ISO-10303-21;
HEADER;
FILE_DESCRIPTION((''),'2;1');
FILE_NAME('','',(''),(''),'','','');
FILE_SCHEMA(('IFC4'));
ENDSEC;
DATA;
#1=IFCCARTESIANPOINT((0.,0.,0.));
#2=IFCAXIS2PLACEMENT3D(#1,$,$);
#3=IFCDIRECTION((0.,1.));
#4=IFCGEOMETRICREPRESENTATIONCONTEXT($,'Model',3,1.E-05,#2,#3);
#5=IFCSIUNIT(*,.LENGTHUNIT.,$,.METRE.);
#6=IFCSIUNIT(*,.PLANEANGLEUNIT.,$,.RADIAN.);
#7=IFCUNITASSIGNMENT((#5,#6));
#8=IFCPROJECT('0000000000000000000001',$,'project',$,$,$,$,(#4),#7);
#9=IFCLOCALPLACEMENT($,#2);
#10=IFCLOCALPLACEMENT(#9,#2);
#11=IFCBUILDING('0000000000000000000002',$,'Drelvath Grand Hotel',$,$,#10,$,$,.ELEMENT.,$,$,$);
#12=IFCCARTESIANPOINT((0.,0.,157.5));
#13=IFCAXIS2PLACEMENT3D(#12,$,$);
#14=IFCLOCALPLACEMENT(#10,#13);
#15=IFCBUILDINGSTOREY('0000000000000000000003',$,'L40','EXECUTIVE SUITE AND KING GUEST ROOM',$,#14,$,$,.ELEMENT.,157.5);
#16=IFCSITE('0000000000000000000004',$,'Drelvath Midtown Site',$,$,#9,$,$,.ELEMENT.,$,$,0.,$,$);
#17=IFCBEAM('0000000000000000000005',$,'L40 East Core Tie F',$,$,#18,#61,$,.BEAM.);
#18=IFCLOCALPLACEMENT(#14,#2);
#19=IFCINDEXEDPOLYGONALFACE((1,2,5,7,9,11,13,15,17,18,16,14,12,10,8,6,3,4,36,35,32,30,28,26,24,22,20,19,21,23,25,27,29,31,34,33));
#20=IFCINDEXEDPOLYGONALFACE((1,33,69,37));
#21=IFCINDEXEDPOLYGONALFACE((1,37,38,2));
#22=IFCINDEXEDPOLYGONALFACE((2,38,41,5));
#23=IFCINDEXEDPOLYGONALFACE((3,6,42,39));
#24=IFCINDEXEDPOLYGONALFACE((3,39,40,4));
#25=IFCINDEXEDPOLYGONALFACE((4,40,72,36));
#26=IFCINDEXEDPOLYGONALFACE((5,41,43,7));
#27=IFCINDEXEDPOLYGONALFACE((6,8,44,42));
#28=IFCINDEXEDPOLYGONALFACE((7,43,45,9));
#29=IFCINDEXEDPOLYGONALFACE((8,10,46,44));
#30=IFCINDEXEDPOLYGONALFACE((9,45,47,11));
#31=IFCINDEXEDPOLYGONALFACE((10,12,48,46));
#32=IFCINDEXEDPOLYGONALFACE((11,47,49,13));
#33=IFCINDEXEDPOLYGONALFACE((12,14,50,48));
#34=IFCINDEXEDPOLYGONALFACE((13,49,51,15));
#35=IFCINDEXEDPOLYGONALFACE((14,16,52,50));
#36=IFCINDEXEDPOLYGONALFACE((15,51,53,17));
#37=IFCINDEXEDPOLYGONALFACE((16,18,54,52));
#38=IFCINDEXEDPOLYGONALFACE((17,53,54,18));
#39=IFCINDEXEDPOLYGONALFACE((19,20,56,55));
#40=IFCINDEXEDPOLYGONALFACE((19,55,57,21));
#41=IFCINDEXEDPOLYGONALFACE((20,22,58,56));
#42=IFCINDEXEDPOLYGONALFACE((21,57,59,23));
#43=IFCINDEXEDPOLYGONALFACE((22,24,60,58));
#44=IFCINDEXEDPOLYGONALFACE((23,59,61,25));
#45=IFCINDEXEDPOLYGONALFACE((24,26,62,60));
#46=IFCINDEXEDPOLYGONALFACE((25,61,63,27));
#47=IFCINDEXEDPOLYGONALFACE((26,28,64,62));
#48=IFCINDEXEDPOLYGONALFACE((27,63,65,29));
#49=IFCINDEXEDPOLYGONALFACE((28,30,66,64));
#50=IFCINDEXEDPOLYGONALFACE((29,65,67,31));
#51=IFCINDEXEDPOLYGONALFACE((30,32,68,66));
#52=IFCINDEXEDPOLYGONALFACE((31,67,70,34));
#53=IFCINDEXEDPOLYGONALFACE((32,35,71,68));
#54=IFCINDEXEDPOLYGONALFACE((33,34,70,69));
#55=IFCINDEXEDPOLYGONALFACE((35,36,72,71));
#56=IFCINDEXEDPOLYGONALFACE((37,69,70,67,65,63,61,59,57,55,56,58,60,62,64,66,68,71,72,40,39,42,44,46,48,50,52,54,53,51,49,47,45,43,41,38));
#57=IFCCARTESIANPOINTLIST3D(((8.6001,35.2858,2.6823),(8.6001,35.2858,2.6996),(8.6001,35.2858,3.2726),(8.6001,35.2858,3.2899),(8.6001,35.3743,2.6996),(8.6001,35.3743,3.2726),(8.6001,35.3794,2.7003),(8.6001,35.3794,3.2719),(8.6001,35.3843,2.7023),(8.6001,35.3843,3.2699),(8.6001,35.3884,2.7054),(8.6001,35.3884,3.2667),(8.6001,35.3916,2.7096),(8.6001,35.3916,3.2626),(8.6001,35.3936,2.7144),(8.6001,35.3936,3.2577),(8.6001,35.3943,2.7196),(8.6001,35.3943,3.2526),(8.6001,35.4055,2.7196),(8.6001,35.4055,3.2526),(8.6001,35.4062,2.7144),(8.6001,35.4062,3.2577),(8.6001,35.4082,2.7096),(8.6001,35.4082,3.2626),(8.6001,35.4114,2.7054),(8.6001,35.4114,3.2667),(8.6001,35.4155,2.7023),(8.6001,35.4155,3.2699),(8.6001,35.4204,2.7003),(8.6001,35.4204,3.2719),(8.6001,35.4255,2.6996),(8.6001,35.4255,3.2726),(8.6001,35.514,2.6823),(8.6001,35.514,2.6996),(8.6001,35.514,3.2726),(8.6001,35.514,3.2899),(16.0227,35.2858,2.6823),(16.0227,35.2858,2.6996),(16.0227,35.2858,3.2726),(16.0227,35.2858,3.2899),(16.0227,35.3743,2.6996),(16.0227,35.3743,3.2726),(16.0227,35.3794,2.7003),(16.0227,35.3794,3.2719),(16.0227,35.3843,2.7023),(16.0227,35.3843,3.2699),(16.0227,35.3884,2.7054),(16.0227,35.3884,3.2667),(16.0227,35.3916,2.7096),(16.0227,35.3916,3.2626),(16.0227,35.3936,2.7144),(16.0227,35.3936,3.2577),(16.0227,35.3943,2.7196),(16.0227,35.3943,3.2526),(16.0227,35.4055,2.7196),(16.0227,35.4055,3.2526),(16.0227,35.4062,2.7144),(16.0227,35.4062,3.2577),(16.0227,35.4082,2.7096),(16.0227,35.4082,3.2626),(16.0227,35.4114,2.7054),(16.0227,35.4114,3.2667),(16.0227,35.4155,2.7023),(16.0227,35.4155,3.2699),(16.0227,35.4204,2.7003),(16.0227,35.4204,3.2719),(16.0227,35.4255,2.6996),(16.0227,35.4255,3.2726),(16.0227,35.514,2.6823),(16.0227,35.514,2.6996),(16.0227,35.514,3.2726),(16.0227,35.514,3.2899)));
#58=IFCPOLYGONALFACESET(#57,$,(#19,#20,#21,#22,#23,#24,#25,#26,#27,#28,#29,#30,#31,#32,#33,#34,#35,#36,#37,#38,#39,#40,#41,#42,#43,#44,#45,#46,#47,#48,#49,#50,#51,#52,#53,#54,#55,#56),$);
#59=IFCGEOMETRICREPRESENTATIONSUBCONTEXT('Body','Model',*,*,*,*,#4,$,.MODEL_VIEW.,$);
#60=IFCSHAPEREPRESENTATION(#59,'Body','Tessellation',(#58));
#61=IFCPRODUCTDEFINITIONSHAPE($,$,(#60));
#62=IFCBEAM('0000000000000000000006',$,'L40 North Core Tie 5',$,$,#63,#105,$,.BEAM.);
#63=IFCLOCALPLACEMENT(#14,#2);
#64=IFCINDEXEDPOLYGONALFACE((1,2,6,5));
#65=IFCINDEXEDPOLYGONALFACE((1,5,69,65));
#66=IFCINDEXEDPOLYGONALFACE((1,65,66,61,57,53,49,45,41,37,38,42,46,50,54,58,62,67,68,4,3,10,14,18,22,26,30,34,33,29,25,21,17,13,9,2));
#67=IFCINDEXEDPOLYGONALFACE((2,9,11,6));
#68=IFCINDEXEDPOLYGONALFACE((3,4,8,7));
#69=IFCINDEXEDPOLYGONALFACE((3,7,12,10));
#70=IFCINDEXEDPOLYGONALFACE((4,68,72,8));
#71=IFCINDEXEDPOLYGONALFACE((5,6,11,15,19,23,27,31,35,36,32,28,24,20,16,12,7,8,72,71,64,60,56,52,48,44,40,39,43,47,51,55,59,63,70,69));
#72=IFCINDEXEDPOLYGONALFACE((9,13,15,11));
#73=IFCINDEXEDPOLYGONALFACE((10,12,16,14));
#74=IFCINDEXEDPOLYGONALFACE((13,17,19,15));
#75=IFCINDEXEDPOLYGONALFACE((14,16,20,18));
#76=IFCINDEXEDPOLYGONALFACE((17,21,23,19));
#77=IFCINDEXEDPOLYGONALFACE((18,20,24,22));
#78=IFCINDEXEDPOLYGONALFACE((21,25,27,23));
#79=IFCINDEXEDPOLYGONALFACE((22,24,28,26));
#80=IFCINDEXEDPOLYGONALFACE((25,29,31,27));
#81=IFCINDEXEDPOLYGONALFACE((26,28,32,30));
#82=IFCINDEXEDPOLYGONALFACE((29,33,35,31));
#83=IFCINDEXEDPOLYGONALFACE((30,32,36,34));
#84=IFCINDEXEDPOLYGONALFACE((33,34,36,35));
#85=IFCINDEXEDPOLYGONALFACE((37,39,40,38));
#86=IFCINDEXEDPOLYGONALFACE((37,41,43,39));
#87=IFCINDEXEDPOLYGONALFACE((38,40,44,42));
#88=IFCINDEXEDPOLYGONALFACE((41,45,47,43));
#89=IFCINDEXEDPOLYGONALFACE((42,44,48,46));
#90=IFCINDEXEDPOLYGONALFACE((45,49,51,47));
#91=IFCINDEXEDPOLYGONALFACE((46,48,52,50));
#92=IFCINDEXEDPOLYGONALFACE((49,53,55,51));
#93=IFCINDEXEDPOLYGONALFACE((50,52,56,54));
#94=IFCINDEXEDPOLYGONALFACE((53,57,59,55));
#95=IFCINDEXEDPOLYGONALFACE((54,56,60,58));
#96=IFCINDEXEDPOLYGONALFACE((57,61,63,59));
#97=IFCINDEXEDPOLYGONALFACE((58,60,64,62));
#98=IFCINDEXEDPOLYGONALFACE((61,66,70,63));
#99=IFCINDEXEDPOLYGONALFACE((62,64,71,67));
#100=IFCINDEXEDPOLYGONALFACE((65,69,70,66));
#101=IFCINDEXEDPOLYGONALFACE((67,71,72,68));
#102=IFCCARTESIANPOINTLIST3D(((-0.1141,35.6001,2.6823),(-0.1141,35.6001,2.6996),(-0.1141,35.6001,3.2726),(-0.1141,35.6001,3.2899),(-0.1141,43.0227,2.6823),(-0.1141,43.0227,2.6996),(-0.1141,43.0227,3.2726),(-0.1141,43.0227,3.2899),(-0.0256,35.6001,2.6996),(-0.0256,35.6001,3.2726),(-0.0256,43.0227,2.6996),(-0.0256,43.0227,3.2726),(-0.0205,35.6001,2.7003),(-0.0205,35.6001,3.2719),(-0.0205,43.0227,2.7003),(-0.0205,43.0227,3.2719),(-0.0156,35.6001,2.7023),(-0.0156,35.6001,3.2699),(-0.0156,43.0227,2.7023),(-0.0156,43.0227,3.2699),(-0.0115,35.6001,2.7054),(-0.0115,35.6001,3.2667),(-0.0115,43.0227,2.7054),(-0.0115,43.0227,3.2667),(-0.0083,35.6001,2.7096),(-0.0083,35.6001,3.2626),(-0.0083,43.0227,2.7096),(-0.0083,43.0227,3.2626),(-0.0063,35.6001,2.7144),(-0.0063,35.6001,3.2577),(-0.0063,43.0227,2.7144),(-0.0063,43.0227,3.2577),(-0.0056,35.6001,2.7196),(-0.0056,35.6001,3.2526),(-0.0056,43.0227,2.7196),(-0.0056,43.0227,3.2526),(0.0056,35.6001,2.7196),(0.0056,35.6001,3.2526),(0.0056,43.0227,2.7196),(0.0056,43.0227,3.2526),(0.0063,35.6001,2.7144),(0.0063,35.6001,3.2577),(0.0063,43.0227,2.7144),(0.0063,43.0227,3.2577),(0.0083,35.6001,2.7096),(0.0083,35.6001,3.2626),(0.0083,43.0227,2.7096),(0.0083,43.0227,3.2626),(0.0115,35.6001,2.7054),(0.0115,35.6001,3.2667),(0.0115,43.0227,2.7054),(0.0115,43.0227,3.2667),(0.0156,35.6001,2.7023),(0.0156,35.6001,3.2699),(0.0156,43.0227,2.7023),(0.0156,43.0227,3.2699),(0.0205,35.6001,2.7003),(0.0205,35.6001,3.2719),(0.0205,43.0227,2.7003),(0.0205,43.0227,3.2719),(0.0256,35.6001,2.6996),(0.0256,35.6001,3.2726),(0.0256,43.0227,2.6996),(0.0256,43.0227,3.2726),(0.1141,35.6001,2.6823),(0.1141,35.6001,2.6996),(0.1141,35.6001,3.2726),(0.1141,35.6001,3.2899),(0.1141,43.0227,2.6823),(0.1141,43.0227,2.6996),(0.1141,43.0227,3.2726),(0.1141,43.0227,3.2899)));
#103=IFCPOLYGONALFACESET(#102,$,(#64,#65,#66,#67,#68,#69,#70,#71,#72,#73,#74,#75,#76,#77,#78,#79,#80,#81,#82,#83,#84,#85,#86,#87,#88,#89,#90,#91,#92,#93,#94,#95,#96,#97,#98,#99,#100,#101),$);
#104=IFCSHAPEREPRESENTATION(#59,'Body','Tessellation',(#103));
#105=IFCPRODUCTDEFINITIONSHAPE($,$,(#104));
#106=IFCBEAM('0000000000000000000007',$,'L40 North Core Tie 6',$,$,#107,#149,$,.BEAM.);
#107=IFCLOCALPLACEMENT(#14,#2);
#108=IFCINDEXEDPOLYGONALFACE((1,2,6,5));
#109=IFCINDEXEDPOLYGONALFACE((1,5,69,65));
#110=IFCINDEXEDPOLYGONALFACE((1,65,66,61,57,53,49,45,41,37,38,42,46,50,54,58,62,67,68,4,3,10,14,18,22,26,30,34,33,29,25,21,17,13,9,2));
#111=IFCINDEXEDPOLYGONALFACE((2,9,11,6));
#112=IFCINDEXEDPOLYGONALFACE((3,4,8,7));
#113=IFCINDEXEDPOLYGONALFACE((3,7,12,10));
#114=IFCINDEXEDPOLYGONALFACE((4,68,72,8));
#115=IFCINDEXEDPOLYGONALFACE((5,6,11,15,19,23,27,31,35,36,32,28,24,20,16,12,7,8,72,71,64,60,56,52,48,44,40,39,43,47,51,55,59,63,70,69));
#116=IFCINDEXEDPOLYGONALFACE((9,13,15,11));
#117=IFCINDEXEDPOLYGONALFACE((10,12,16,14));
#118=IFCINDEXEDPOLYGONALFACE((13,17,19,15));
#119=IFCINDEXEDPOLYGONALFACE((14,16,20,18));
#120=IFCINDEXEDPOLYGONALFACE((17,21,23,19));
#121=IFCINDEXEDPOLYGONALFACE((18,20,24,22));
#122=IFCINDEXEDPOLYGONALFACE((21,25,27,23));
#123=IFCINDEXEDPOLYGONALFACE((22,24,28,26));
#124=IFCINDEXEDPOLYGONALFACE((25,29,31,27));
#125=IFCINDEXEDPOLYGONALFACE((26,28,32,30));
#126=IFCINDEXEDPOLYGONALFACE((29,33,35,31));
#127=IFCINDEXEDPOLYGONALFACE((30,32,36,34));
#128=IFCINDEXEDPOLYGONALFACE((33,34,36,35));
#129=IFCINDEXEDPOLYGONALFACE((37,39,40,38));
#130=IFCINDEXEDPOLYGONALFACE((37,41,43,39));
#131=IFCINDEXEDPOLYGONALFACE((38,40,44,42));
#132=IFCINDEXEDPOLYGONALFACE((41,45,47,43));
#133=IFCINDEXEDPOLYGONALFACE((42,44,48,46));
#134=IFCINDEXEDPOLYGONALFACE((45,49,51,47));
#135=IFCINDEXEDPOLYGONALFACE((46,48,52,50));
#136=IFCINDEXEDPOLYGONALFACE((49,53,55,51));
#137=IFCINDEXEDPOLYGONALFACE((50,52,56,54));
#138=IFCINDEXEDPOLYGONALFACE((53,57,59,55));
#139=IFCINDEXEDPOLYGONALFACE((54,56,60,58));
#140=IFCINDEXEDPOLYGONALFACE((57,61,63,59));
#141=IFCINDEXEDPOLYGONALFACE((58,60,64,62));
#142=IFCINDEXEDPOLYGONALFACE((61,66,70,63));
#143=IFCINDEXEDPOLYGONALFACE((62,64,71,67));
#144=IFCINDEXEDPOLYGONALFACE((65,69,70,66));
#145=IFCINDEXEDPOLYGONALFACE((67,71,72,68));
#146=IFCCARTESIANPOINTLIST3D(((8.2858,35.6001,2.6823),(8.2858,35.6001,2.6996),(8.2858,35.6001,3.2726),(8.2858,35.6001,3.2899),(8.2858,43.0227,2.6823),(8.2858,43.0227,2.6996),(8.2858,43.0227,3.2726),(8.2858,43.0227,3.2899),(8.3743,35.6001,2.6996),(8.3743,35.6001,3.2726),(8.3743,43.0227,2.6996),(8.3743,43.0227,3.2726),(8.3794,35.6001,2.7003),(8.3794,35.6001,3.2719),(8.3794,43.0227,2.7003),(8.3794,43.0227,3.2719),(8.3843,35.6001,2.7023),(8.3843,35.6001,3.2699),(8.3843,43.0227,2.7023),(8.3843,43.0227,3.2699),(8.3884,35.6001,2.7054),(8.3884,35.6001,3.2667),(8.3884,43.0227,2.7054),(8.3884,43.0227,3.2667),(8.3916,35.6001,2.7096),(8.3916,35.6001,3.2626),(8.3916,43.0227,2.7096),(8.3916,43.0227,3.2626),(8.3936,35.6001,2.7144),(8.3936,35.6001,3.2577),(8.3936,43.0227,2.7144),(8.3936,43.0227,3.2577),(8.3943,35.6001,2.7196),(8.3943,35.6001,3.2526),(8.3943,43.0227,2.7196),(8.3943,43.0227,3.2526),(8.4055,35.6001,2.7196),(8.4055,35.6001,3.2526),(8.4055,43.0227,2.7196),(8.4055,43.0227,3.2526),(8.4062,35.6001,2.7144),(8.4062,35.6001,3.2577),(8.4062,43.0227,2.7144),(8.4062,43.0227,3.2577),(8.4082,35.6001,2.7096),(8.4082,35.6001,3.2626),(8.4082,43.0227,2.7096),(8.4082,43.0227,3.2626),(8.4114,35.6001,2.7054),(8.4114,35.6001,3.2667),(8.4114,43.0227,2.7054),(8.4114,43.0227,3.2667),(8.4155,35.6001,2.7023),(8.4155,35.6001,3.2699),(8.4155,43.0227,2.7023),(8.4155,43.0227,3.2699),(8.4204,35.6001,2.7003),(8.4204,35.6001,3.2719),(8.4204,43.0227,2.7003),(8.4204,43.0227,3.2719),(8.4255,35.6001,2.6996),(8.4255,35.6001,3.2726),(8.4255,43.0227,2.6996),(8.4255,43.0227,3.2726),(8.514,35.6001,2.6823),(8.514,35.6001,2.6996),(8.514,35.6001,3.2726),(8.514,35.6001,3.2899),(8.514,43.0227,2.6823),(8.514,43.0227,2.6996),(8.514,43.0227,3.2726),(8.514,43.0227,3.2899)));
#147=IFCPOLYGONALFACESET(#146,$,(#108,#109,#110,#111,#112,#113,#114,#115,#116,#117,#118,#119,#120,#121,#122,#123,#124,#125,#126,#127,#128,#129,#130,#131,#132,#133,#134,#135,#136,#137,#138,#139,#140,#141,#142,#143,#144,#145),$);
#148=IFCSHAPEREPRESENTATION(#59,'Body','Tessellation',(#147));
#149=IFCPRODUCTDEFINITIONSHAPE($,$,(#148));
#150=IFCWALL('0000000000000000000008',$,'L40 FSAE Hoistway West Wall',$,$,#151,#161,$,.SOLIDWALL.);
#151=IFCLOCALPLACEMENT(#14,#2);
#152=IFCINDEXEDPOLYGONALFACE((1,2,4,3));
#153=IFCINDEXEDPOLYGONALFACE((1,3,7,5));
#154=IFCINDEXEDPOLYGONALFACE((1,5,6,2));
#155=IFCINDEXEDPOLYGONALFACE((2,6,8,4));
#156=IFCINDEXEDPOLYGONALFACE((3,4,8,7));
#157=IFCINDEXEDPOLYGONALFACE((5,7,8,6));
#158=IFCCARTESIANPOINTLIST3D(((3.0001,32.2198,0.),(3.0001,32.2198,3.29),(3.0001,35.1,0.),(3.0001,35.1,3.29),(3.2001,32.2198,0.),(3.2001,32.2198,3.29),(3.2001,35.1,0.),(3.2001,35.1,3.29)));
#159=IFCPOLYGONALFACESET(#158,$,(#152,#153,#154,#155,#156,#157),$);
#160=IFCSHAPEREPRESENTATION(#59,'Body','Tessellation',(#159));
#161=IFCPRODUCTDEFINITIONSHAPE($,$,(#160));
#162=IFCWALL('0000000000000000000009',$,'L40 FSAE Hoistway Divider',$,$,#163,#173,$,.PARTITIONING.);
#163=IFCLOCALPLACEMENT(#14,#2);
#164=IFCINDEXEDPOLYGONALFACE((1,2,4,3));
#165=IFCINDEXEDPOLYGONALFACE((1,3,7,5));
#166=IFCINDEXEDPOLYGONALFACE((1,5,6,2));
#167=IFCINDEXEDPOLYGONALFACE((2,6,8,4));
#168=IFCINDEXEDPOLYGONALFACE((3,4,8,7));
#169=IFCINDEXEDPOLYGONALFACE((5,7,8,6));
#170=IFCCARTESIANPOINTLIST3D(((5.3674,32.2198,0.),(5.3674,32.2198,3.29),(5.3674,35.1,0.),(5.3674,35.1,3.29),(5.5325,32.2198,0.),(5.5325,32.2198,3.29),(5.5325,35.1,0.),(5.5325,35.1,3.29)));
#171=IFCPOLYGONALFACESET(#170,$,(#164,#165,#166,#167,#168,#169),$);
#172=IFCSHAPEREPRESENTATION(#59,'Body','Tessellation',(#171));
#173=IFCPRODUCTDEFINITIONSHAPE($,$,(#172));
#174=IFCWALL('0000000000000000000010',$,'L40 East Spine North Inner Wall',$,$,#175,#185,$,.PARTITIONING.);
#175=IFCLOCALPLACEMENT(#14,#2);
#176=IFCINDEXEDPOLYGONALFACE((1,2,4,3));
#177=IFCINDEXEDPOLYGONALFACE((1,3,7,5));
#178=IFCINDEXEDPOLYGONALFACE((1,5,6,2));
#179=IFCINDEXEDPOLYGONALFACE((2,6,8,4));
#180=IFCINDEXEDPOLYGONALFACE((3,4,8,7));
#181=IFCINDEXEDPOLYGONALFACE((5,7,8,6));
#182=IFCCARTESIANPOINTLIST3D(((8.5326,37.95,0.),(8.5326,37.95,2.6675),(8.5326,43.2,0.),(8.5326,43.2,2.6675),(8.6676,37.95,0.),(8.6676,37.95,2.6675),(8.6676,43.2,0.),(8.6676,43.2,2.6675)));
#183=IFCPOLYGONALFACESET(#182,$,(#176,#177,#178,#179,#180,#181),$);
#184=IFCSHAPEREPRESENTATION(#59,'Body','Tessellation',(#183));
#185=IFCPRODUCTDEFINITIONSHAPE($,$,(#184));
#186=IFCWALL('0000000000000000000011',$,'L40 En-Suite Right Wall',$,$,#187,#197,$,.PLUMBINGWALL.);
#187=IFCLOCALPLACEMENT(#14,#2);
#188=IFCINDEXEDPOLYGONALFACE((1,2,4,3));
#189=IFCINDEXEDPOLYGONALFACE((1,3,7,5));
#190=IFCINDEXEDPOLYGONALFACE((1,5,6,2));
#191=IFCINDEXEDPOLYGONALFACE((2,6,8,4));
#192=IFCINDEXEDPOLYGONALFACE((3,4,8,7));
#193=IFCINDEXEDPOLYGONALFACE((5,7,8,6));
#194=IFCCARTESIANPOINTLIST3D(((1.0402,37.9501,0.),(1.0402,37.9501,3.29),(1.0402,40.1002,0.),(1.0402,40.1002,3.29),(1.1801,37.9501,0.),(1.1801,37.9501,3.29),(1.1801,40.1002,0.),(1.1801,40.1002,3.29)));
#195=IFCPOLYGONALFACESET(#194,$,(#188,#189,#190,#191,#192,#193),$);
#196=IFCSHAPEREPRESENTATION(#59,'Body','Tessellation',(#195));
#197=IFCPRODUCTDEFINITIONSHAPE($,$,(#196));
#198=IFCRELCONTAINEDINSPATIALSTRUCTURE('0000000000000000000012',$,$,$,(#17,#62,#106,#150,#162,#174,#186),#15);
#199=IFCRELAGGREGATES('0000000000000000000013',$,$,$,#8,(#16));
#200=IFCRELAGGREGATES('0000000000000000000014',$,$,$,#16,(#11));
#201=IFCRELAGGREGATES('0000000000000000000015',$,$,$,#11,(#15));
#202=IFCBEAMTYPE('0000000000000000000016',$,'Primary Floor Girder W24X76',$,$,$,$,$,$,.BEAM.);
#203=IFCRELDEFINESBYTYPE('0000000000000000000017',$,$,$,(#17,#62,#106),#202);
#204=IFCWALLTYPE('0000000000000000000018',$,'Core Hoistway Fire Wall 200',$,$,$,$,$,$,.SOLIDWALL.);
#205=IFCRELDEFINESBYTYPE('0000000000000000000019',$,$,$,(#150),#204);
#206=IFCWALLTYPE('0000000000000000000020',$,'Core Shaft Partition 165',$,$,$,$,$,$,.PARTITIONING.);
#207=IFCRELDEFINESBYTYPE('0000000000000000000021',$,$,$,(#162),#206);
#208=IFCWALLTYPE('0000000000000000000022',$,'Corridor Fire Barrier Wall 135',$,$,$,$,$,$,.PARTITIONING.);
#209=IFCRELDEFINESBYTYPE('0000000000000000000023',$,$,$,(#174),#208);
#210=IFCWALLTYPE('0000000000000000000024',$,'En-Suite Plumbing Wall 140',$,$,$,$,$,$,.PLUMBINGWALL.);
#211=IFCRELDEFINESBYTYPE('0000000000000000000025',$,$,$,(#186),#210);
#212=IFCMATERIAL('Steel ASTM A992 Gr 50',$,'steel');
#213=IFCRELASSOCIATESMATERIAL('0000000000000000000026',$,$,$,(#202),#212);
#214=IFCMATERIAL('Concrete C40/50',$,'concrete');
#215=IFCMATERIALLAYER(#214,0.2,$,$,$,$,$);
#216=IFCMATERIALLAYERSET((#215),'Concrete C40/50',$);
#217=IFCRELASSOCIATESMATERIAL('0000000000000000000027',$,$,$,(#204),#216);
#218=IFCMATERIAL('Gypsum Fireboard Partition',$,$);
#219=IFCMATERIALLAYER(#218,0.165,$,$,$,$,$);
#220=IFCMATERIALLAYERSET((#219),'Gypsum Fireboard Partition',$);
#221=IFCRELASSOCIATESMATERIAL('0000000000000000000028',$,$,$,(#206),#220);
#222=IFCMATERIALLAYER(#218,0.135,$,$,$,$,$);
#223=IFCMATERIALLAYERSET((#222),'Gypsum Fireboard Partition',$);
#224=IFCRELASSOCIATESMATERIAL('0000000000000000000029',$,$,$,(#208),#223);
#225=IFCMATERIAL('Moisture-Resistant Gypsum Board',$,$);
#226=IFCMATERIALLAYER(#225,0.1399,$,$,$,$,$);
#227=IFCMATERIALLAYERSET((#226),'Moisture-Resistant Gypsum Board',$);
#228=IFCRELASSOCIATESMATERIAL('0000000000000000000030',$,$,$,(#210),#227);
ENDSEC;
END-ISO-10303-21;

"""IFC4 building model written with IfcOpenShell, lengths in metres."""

from ifc_helpers import new_model, si_unit, direction, frame, frame_2d, origin, origin_2d, place, context, subcontext, project, spatial, rectangle, i_section, extrude, material, layer, layer_set, material_profile, profile_set, type_object, element, save


model = new_model("IFC4")

# Units and contexts
model_context = context("Model", 3, precision=1e-05, world=origin(), true_north=direction((0.0, 1.0)))
body_context = subcontext(model_context, "Body", "Model", "MODEL_VIEW")
ifc_project = project(units=[si_unit("LENGTHUNIT", "METRE"), si_unit("PLANEANGLEUNIT", "RADIAN")], contexts=[model_context])

# Site, building, storey
site_placement = place(None, origin())
site = spatial("IfcSite", under=ifc_project, at=site_placement, Name="Drelvath Midtown Site", CompositionType="ELEMENT", RefElevation=0.0)
building_placement = place(site_placement, origin())
building = spatial("IfcBuilding", under=site, at=building_placement, Name="Drelvath Grand Hotel", CompositionType="ELEMENT")
storey_placement = place(building_placement, frame((0.0, 0.0, 157.5)))
storey = spatial("IfcBuildingStorey", under=building, at=storey_placement, Name="L40", Description="EXECUTIVE SUITE AND KING GUEST ROOM", CompositionType="ELEMENT", Elevation=157.5)

# Beams
ifc_material_1 = material(Name="Steel ASTM A992 Gr 50", Category="steel")
ifc_material_profile = material_profile(ifc_material_1, i_section(OverallWidth=0.2283, OverallDepth=0.6077, WebThickness=0.0112, FlangeThickness=0.0173, FilletRadius=0.02, at=origin_2d()), Name="W24X76")
ifc_profile_set = profile_set([ifc_material_profile], Name="Steel ASTM A992 Gr 50")
beam_type = type_object("IfcBeamType", Name="Primary Floor Girder W24X76", PredefinedType="BEAM", material=ifc_profile_set)
for number, where, z_axis, x_axis, name in (
    (1, (8.6001, 35.3999, 2.9861), (1.0, 0.0, 0.0), (0.0, 1.0, 0.0), "L40 East Core Tie F"),
    (2, (0.0, 35.6001, 2.9861), (0.0, 1.0, 0.0), (-1.0, 0.0, 0.0), "L40 North Core Tie 5"),
    (3, (8.3999, 35.6001, 2.9861), (0.0, 1.0, 0.0), (-1.0, 0.0, 0.0), "L40 North Core Tie 6"),
):
    element("IfcBeam", number, at=place(storey_placement, frame(where, z_axis=z_axis, x_axis=x_axis)), inside=storey, type_object=beam_type, Name=name, PredefinedType="BEAM", context=body_context, shape_type="SweptSolid", body=[
        extrude(i_section(OverallWidth=0.2283, OverallDepth=0.6077, WebThickness=0.0112, FlangeThickness=0.0173, FilletRadius=0.02, at=origin_2d()), origin(), (0.0, 0.0, 1.0), 7.4226),
    ])

# Walls
ifc_material_2 = material(Name="Concrete C40/50", Category="concrete")
ifc_layer_1 = layer(ifc_material_2, 0.2)
ifc_layer_set_1 = layer_set([ifc_layer_1], Name="Concrete C40/50")
wall_type_1 = type_object("IfcWallType", Name="Core Hoistway Fire Wall 200", PredefinedType="SOLIDWALL", material=ifc_layer_set_1)
wall_1_placement = place(storey_placement, frame((3.1001, 32.22, 0.0), z_axis=(0.0, 0.0, 1.0), x_axis=(0.0, 1.0, 0.0)))
element("IfcWall", 4, at=wall_1_placement, inside=storey, type_object=wall_type_1, Name="L40 FSAE Hoistway West Wall", PredefinedType="SOLIDWALL", context=body_context, shape_type="SweptSolid", body=[
    extrude(rectangle(XDim=2.8801, YDim=0.2, at=frame_2d((1.4399, 0.0))), origin(), (0.0, 0.0, 1.0), 3.29),
])
ifc_material_3 = material(Name="Gypsum Fireboard Partition")
ifc_layer_2 = layer(ifc_material_3, 0.165)
ifc_layer_set_2 = layer_set([ifc_layer_2], Name="Gypsum Fireboard Partition")
wall_type_2 = type_object("IfcWallType", Name="Core Shaft Partition 165", PredefinedType="PARTITIONING", material=ifc_layer_set_2)
wall_2_placement = place(storey_placement, frame((5.45, 32.22, 0.0), z_axis=(0.0, 0.0, 1.0), x_axis=(0.0, 1.0, 0.0)))
element("IfcWall", 5, at=wall_2_placement, inside=storey, type_object=wall_type_2, Name="L40 FSAE Hoistway Divider", PredefinedType="PARTITIONING", context=body_context, shape_type="SweptSolid", body=[
    extrude(rectangle(XDim=2.8801, YDim=0.165, at=frame_2d((1.4399, 0.0))), origin(), (0.0, 0.0, 1.0), 3.29),
])
ifc_layer_3 = layer(ifc_material_3, 0.135)
ifc_layer_set_3 = layer_set([ifc_layer_3], Name="Gypsum Fireboard Partition")
wall_type_3 = type_object("IfcWallType", Name="Corridor Fire Barrier Wall 135", PredefinedType="PARTITIONING", material=ifc_layer_set_3)
wall_3_placement = place(storey_placement, frame((8.6001, 37.95, 0.0), z_axis=(0.0, 0.0, 1.0), x_axis=(0.0, 1.0, 0.0)))
element("IfcWall", 6, at=wall_3_placement, inside=storey, type_object=wall_type_3, Name="L40 East Spine North Inner Wall", PredefinedType="PARTITIONING", context=body_context, shape_type="SweptSolid", body=[
    extrude(rectangle(XDim=5.25, YDim=0.135, at=frame_2d((2.625, 0.0))), origin(), (0.0, 0.0, 1.0), 2.6675),
])
ifc_material_4 = material(Name="Moisture-Resistant Gypsum Board")
ifc_layer_4 = layer(ifc_material_4, 0.1399)
ifc_layer_set_4 = layer_set([ifc_layer_4], Name="Moisture-Resistant Gypsum Board")
wall_type_4 = type_object("IfcWallType", Name="En-Suite Plumbing Wall 140", PredefinedType="PLUMBINGWALL", material=ifc_layer_set_4)
for number, where, z_axis, x_axis, name in (
    (7, (1.1101, 37.95, 0.0), (0.0, 0.0, 1.0), (0.0, 1.0, 0.0), "L40 En-Suite Right Wall"),
):
    element("IfcWall", number, at=place(storey_placement, frame(where, z_axis=z_axis, x_axis=x_axis)), inside=storey, type_object=wall_type_4, Name=name, PredefinedType="PLUMBINGWALL", context=body_context, shape_type="SweptSolid", body=[
        extrude(rectangle(XDim=2.1501, YDim=0.1399, at=frame_2d((1.0752, 0.0))), origin(), (0.0, 0.0, 1.0), 3.29),
    ])

save(model, "model.ifc")
